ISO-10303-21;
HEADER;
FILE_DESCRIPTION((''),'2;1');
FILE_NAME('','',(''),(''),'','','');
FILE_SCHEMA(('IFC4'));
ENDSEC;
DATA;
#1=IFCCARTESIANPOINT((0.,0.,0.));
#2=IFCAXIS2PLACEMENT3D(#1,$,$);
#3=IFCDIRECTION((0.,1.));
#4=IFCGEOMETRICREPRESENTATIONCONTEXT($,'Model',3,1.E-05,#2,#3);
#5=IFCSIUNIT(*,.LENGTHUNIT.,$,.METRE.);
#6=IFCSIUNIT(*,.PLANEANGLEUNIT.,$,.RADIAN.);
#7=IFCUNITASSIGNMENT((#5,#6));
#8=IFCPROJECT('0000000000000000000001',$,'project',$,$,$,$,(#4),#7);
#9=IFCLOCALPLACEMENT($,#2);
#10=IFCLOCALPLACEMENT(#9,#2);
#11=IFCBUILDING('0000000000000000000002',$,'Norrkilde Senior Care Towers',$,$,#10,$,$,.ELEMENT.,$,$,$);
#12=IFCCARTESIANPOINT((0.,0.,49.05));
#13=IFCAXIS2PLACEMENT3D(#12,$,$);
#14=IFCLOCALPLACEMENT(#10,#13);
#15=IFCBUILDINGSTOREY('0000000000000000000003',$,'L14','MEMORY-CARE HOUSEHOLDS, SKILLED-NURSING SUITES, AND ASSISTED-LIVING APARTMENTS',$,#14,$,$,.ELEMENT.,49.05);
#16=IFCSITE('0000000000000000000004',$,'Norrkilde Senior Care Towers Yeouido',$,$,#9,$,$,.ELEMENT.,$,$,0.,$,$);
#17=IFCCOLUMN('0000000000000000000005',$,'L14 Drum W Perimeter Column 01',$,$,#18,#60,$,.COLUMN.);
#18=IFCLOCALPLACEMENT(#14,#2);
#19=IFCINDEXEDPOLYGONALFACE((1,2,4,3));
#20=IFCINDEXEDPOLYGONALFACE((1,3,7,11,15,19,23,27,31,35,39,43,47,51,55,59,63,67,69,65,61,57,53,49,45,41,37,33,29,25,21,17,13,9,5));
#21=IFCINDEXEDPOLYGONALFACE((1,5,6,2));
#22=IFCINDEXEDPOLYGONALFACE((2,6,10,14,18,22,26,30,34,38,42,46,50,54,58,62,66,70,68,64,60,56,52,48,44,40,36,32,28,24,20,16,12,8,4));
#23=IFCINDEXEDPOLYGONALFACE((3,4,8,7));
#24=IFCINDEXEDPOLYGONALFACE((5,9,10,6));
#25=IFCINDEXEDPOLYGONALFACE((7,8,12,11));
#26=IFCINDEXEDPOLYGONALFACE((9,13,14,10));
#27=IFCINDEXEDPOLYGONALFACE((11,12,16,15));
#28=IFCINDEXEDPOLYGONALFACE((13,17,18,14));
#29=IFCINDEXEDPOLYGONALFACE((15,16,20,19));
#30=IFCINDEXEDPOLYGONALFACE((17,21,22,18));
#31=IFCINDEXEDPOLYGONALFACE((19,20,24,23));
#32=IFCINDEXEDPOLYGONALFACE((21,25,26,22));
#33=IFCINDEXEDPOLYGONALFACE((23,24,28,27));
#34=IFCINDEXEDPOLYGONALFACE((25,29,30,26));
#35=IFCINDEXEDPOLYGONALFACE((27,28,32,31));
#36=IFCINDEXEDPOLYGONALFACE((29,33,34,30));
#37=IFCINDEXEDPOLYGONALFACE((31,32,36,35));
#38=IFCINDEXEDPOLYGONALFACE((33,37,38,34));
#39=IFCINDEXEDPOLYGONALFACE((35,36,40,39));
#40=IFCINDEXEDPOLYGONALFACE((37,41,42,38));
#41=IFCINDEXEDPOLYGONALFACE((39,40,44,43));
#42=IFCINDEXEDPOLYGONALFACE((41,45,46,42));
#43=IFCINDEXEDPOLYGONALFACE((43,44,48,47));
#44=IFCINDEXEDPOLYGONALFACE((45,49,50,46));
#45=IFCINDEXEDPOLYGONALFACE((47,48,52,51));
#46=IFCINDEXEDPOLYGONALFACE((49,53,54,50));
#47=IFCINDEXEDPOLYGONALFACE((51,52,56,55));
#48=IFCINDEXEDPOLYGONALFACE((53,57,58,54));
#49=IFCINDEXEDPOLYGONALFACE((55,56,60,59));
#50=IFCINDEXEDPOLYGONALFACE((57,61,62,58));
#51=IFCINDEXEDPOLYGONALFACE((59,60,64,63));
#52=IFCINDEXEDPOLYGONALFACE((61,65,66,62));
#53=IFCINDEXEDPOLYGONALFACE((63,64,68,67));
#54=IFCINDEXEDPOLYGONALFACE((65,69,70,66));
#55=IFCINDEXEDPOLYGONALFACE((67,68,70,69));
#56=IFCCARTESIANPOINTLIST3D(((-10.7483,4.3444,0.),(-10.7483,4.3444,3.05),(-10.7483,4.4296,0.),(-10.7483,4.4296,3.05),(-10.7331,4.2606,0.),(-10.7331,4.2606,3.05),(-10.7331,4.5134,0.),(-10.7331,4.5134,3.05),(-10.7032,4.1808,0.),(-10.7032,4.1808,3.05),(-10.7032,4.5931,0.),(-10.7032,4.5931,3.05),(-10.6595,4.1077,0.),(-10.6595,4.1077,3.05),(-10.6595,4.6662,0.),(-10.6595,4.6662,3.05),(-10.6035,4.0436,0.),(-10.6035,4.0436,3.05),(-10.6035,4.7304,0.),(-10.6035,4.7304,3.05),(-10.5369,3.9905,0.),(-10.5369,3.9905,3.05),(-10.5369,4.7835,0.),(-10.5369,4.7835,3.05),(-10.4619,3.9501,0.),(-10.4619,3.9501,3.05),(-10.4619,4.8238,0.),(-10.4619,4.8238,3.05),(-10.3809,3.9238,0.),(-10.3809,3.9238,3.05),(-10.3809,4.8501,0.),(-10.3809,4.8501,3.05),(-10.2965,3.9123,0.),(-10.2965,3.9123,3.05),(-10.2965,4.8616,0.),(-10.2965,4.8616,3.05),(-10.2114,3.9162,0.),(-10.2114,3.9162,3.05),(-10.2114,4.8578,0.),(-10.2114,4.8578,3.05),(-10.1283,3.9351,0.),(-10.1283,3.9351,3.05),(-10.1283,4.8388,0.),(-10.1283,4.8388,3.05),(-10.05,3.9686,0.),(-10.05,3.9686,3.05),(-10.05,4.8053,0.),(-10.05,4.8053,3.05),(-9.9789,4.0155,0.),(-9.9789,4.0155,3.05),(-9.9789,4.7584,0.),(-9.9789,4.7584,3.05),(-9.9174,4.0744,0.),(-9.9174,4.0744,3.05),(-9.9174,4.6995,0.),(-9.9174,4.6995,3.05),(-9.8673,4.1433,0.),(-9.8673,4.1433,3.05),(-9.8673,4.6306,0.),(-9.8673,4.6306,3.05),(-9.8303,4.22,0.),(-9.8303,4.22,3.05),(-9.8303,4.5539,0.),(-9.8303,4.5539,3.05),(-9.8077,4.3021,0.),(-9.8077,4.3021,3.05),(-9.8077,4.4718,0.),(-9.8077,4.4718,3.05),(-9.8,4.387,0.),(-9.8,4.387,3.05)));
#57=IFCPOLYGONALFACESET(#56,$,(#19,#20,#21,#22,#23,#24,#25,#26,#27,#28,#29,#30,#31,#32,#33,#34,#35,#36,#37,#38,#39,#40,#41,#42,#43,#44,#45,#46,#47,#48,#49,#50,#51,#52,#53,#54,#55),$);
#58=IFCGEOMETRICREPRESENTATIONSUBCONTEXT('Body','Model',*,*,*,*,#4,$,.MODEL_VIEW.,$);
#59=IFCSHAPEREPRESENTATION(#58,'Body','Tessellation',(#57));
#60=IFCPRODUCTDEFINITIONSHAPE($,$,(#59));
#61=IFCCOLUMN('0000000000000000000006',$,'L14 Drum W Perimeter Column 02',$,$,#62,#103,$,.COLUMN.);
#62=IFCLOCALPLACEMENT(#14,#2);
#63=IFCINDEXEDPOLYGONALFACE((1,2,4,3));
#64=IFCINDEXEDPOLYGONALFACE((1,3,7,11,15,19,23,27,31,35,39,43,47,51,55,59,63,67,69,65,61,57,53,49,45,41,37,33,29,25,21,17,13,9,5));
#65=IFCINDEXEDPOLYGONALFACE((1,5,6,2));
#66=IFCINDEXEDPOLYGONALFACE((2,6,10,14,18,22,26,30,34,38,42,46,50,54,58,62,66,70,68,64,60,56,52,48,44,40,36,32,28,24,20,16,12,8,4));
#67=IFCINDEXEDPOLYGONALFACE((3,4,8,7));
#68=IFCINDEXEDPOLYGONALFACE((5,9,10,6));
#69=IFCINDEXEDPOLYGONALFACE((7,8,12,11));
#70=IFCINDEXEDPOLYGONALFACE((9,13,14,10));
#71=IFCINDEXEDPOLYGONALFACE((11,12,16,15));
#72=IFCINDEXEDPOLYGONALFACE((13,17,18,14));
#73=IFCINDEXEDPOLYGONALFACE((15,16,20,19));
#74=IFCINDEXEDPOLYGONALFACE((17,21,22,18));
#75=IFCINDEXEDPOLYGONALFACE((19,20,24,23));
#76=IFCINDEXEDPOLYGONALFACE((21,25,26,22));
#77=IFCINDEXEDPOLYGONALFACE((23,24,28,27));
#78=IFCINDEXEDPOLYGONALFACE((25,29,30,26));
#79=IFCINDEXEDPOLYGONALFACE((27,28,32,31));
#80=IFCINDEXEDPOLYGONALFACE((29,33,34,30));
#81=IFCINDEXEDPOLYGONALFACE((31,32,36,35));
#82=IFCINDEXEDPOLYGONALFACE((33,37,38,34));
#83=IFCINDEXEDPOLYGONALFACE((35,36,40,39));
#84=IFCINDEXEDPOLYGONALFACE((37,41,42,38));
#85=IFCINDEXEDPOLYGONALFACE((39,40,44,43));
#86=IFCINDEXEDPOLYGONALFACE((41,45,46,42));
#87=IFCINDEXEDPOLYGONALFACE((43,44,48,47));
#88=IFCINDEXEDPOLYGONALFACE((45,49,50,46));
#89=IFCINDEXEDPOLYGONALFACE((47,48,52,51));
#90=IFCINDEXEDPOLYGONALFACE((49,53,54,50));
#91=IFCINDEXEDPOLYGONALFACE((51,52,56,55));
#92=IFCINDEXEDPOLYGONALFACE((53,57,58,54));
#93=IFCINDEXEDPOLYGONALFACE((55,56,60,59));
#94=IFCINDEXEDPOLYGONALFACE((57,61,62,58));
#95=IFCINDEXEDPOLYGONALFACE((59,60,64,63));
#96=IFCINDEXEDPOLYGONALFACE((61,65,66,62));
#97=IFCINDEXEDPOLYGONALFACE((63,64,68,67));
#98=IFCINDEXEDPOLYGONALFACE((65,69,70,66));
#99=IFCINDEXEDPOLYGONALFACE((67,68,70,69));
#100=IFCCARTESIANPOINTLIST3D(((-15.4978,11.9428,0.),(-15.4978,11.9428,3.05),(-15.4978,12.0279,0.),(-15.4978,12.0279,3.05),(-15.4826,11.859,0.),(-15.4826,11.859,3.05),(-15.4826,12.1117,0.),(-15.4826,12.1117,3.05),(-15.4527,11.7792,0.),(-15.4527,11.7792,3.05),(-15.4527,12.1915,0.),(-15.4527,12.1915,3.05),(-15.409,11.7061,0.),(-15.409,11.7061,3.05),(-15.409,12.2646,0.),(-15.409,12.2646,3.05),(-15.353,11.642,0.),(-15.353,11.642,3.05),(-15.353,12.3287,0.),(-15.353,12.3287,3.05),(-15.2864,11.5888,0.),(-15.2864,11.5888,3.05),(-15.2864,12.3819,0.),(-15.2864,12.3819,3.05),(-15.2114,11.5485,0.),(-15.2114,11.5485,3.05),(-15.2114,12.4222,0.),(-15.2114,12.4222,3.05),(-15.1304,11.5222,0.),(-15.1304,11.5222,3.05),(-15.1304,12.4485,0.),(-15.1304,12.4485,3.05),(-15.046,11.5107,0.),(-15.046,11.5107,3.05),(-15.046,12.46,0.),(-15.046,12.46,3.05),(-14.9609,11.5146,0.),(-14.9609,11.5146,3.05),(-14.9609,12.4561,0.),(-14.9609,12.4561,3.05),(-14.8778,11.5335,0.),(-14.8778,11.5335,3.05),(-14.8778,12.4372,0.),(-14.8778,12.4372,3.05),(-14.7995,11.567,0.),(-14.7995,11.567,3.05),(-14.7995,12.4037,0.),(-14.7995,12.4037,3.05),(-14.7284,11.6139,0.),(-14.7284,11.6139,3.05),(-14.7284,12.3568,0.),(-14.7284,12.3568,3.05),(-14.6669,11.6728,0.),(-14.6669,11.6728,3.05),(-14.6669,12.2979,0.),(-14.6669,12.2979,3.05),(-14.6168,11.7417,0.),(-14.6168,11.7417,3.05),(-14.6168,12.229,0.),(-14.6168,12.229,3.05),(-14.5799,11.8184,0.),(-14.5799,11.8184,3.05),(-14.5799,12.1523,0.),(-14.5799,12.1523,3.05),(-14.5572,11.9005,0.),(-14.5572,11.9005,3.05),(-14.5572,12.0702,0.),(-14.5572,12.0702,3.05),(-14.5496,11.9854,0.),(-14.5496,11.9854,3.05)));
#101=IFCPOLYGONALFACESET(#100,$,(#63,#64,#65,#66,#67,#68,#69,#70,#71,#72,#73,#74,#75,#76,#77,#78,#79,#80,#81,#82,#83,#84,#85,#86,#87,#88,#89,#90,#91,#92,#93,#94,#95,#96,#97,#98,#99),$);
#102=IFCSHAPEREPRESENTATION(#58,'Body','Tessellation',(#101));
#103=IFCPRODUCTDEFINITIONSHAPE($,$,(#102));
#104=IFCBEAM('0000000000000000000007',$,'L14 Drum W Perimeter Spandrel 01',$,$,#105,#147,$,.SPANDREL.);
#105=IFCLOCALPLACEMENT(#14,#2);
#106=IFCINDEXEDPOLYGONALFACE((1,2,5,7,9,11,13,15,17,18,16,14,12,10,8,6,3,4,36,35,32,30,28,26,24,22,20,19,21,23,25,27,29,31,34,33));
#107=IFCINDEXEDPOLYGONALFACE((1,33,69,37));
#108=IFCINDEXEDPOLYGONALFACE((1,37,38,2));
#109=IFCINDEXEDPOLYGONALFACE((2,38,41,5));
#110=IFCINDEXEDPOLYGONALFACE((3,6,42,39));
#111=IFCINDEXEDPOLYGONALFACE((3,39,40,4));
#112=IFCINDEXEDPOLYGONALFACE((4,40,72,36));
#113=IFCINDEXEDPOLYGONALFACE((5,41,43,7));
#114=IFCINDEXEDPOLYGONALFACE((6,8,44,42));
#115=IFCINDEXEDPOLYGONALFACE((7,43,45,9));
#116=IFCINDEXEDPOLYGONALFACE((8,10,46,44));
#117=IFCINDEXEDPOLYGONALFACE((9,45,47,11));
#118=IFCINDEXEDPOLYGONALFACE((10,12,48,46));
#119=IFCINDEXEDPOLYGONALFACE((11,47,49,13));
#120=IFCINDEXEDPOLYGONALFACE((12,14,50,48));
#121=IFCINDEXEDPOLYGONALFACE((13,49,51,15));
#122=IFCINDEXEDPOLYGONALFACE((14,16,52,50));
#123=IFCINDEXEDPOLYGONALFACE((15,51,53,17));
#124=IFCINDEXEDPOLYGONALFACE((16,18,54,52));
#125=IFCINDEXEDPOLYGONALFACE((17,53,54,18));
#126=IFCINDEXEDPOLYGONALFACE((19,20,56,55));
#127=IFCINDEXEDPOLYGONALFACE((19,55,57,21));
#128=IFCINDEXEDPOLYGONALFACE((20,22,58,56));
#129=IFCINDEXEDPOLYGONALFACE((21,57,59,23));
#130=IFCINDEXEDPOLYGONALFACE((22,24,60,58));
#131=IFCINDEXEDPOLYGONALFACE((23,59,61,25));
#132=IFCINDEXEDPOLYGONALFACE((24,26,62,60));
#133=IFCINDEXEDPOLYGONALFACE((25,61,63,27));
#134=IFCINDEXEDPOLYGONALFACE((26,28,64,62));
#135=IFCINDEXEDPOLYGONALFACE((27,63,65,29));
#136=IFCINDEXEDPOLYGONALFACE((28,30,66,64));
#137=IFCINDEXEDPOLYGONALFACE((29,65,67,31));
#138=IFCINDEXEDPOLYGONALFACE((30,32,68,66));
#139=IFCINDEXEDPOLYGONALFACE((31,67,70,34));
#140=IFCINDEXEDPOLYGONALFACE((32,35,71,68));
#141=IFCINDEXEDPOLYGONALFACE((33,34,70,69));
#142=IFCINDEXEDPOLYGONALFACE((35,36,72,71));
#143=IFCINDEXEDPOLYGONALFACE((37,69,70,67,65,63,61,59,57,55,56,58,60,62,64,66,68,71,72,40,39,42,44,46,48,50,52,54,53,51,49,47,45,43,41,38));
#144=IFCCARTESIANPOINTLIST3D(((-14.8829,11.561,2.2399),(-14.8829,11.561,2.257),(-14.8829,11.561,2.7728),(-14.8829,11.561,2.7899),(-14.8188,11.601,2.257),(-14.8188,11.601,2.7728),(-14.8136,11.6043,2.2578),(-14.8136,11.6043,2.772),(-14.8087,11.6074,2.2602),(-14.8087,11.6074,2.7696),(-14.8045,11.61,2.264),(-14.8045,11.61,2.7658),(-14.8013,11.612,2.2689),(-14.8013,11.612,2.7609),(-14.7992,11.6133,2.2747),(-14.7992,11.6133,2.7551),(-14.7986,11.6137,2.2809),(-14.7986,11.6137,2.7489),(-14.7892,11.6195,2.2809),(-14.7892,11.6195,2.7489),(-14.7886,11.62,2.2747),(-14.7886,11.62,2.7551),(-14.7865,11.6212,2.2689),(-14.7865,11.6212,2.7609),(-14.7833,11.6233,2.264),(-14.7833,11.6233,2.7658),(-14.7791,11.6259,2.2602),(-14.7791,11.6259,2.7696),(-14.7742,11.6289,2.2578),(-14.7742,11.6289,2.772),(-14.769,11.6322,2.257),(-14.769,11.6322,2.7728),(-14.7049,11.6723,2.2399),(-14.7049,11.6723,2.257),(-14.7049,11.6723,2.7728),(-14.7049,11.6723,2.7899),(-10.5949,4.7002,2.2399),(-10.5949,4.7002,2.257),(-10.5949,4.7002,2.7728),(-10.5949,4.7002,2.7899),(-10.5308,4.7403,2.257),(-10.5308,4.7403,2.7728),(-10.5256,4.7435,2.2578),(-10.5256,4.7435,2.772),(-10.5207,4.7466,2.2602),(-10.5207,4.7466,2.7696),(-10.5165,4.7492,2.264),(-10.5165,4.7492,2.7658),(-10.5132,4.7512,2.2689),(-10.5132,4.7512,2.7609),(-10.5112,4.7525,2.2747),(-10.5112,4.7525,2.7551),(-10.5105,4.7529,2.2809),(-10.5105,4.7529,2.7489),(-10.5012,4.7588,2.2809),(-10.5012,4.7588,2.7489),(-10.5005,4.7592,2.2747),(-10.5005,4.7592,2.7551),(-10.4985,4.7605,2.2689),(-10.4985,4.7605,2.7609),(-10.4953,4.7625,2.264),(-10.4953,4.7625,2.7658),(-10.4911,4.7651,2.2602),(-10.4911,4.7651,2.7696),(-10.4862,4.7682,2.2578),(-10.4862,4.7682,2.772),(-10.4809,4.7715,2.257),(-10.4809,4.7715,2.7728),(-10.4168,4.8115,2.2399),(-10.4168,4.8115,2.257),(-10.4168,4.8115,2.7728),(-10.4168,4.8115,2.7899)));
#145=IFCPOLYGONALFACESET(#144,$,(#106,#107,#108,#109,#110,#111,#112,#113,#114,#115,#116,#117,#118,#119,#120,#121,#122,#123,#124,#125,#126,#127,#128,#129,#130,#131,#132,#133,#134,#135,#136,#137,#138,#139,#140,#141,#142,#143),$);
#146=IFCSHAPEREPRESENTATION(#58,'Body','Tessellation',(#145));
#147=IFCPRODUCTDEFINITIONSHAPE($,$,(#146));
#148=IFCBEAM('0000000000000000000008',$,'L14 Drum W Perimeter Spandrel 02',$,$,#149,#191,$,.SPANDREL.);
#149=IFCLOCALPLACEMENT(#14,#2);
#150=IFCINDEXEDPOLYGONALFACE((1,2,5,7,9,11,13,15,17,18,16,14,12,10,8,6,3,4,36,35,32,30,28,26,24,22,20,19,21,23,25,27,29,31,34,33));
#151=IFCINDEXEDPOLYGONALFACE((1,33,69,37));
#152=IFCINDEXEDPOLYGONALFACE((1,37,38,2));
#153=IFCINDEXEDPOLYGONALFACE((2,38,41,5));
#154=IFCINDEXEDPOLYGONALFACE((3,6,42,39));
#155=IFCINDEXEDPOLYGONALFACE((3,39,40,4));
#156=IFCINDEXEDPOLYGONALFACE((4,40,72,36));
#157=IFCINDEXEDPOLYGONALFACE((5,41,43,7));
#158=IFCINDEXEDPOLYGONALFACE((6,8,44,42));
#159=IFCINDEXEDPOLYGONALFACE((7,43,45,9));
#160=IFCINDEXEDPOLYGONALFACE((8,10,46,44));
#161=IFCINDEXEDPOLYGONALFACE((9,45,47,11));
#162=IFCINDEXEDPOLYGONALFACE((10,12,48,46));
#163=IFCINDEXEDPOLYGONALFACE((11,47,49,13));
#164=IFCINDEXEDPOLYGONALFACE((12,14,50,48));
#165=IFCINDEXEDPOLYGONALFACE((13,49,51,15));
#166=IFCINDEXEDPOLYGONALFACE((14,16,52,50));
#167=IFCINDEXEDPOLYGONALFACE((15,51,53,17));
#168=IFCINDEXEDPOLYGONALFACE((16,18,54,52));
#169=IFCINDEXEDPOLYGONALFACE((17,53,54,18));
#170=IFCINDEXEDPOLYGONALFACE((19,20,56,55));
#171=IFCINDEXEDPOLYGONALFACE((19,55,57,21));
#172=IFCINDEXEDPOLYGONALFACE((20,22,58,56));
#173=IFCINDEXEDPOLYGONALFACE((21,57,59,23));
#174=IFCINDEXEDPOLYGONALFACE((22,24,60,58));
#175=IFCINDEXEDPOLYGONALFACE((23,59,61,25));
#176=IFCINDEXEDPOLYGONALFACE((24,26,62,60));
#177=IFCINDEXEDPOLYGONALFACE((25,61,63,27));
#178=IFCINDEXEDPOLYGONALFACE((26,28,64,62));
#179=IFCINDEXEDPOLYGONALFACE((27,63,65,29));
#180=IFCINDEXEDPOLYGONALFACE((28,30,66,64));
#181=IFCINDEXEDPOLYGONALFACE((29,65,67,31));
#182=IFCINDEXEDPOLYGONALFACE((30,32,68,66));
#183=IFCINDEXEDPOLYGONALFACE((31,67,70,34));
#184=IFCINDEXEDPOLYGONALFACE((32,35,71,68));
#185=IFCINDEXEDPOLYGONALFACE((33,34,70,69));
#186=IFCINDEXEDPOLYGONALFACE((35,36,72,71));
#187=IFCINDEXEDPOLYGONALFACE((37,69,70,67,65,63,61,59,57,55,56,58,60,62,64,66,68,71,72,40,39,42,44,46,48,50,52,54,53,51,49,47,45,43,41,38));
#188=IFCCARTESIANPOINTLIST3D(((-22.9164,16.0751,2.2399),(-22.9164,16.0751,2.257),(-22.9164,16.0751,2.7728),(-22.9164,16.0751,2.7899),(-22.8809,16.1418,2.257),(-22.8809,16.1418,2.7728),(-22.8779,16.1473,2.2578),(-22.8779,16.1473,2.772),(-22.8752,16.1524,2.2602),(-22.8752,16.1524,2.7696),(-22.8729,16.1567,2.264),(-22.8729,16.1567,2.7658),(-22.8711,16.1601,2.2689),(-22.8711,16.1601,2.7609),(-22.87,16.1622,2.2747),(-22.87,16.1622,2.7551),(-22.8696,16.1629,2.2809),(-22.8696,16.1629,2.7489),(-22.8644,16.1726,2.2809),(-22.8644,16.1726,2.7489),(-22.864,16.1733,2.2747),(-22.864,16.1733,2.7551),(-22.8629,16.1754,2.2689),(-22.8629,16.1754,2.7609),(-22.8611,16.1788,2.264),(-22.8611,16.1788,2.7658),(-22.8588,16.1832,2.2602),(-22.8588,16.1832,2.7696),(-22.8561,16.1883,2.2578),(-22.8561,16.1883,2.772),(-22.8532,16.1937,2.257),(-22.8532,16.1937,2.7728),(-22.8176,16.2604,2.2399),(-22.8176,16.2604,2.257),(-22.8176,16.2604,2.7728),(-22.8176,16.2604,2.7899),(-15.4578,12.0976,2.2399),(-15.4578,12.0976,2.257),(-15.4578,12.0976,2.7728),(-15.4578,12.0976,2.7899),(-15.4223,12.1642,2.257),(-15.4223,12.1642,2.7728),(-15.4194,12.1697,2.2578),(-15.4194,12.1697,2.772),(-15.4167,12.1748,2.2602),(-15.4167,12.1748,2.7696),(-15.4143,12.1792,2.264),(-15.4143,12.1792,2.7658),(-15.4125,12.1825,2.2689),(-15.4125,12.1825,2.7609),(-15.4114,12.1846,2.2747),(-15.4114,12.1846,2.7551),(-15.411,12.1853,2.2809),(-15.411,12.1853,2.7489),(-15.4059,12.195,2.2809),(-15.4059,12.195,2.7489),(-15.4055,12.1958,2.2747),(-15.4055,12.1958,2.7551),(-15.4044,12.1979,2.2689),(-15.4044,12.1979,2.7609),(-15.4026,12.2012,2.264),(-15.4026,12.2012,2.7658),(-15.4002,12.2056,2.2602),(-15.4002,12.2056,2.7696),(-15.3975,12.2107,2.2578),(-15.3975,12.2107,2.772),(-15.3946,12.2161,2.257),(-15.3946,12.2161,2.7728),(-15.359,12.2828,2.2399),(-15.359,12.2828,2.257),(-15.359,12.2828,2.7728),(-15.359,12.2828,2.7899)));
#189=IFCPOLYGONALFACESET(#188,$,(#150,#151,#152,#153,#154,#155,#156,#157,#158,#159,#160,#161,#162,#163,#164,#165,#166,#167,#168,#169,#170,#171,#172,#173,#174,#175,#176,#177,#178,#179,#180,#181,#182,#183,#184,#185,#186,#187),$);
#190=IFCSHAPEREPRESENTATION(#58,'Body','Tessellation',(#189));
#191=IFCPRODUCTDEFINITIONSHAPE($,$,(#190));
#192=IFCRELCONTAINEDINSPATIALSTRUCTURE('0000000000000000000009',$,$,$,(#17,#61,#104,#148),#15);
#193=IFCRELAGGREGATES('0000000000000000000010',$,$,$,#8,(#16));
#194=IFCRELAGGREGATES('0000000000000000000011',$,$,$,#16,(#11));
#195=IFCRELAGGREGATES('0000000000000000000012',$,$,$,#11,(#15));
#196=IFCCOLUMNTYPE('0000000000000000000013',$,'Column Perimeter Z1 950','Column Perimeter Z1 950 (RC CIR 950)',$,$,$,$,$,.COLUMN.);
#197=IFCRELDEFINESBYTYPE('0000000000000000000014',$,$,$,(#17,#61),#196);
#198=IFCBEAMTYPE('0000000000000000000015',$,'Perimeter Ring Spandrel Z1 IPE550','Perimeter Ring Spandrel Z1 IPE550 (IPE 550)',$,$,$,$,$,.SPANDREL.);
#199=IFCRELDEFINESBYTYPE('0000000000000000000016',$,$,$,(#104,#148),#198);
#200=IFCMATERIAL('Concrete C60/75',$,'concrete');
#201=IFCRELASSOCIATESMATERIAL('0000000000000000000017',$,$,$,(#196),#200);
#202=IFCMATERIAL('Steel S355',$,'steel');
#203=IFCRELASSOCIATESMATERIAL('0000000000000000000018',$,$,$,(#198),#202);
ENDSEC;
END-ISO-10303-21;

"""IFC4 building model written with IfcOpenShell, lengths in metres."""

from ifc_helpers import new_model, si_unit, direction, frame, origin, origin_2d, place, context, subcontext, project, spatial, circle, i_section, extrude, source, transform, mapped, material, material_profile, profile_set, type_object, type_shapes, element, save


model = new_model("IFC4")

# Units and contexts
model_context = context("Model", 3, precision=1e-05, world=origin(), true_north=direction((0.0, 1.0)))
body_context = subcontext(model_context, "Body", "Model", "MODEL_VIEW")
ifc_project = project(units=[si_unit("LENGTHUNIT", "METRE"), si_unit("PLANEANGLEUNIT", "RADIAN")], contexts=[model_context])

# Site, building, storey
site_placement = place(None, origin())
site = spatial("IfcSite", under=ifc_project, at=site_placement, Name="Norrkilde Senior Care Towers Yeouido", CompositionType="ELEMENT", RefElevation=0.0)
building_placement = place(site_placement, origin())
building = spatial("IfcBuilding", under=site, at=building_placement, Name="Norrkilde Senior Care Towers", CompositionType="ELEMENT")
storey_placement = place(building_placement, frame((0.0, 0.0, 49.05)))
storey = spatial("IfcBuildingStorey", under=building, at=storey_placement, Name="L14", Description="MEMORY-CARE HOUSEHOLDS, SKILLED-NURSING SUITES, AND ASSISTED-LIVING APARTMENTS", CompositionType="ELEMENT", Elevation=49.05)

# Columns
ifc_material_1 = material(Name="Concrete C60/75", Category="concrete")
ifc_material_profile_1 = material_profile(ifc_material_1, circle(Radius=0.4751, at=origin_2d()), Name="RC CIR 950")
ifc_profile_set_1 = profile_set([ifc_material_profile_1], Name="Concrete C60/75")
column_type = type_object("IfcColumnType", Name="Column Perimeter Z1 950", Description="Column Perimeter Z1 950 (RC CIR 950)", PredefinedType="COLUMN", material=ifc_profile_set_1)
shared_shape_1 = source(origin(), body_context, "Body", "SweptSolid", [
    extrude(circle(Radius=0.4751, at=origin_2d()), origin(), (0.0, 0.0, 1.0), 3.05),
])
type_shapes(column_type, [shared_shape_1])
for number, where, z_axis, x_axis, name in (
    (1, (-10.2751, 4.387, 0.0), (0.0, 0.0, 1.0), (1.0, 0.0, 0.0), "L14 Drum W Perimeter Column 01"),
    (2, (-15.0247, 11.9854, 0.0), (0.0, 0.0, 1.0), (1.0, 0.0, 0.0), "L14 Drum W Perimeter Column 02"),
):
    element("IfcColumn", number, at=place(storey_placement, frame(where, z_axis=z_axis, x_axis=x_axis)), inside=storey, type_object=column_type, Name=name, PredefinedType="COLUMN", context=body_context, shape_type="MappedRepresentation", body=[
        mapped(shared_shape_1, transform((0.0, 0.0, 0.0), x_axis=(1.0, 0.0, 0.0), y_axis=(0.0, 1.0, 0.0), z_axis=(0.0, 0.0, 1.0), scale=1.0)),
    ])

# Beams
ifc_material_2 = material(Name="Steel S355", Category="steel")
ifc_material_profile_2 = material_profile(ifc_material_2, i_section(OverallWidth=0.21, OverallDepth=0.55, WebThickness=0.011, FlangeThickness=0.0171, FilletRadius=0.0239, at=origin_2d()), Name="IPE 550")
ifc_profile_set_2 = profile_set([ifc_material_profile_2], Name="Steel S355")
beam_type_1 = type_object("IfcBeamType", Name="Perimeter Ring Spandrel Z1 IPE550", Description="Perimeter Ring Spandrel Z1 IPE550 (IPE 550)", PredefinedType="SPANDREL", material=ifc_profile_set_2)
shared_shape_2 = source(origin(), body_context, "Body", "SweptSolid", [
    extrude(i_section(OverallWidth=0.21, OverallDepth=0.55, WebThickness=0.011, FlangeThickness=0.0171, FilletRadius=0.0239, at=origin_2d()), origin(), (0.0, 0.0, 1.0), 8.0906),
])
beam_1_placement = place(storey_placement, frame((-10.5059, 4.7559, 2.5149), z_axis=(-0.530004, 0.847995, 0.0), x_axis=(-0.847995, -0.530004, 0.0)))
element("IfcBeam", 3, at=beam_1_placement, inside=storey, type_object=beam_type_1, Name="L14 Drum W Perimeter Spandrel 01", PredefinedType="SPANDREL", context=body_context, shape_type="MappedRepresentation", body=[
    mapped(shared_shape_2, transform((0.0, 0.0, 0.0), x_axis=(1.0, 0.0, 0.0), y_axis=(0.0, 1.0, 0.0), z_axis=(0.0, 0.0, 1.0), scale=1.0)),
])
shared_shape_3 = source(origin(), body_context, "Body", "SweptSolid", [
    extrude(i_section(OverallWidth=0.21, OverallDepth=0.55, WebThickness=0.011, FlangeThickness=0.0171, FilletRadius=0.0239, at=origin_2d()), origin(), (0.0, 0.0, 1.0), 8.4529),
])
type_shapes(beam_type_1, [shared_shape_2, shared_shape_3])
beam_2_placement = place(storey_placement, frame((-15.4084, 12.1902, 2.5149), z_axis=(-0.882369, 0.470558, 0.0), x_axis=(-0.470558, -0.882369, 0.0)))
element("IfcBeam", 4, at=beam_2_placement, inside=storey, type_object=beam_type_1, Name="L14 Drum W Perimeter Spandrel 02", PredefinedType="SPANDREL", context=body_context, shape_type="MappedRepresentation", body=[
    mapped(shared_shape_3, transform((0.0, 0.0, 0.0), x_axis=(1.0, 0.0, 0.0), y_axis=(0.0, 1.0, 0.0), z_axis=(0.0, 0.0, 1.0), scale=1.0)),
])

save(model, "model.ifc")
